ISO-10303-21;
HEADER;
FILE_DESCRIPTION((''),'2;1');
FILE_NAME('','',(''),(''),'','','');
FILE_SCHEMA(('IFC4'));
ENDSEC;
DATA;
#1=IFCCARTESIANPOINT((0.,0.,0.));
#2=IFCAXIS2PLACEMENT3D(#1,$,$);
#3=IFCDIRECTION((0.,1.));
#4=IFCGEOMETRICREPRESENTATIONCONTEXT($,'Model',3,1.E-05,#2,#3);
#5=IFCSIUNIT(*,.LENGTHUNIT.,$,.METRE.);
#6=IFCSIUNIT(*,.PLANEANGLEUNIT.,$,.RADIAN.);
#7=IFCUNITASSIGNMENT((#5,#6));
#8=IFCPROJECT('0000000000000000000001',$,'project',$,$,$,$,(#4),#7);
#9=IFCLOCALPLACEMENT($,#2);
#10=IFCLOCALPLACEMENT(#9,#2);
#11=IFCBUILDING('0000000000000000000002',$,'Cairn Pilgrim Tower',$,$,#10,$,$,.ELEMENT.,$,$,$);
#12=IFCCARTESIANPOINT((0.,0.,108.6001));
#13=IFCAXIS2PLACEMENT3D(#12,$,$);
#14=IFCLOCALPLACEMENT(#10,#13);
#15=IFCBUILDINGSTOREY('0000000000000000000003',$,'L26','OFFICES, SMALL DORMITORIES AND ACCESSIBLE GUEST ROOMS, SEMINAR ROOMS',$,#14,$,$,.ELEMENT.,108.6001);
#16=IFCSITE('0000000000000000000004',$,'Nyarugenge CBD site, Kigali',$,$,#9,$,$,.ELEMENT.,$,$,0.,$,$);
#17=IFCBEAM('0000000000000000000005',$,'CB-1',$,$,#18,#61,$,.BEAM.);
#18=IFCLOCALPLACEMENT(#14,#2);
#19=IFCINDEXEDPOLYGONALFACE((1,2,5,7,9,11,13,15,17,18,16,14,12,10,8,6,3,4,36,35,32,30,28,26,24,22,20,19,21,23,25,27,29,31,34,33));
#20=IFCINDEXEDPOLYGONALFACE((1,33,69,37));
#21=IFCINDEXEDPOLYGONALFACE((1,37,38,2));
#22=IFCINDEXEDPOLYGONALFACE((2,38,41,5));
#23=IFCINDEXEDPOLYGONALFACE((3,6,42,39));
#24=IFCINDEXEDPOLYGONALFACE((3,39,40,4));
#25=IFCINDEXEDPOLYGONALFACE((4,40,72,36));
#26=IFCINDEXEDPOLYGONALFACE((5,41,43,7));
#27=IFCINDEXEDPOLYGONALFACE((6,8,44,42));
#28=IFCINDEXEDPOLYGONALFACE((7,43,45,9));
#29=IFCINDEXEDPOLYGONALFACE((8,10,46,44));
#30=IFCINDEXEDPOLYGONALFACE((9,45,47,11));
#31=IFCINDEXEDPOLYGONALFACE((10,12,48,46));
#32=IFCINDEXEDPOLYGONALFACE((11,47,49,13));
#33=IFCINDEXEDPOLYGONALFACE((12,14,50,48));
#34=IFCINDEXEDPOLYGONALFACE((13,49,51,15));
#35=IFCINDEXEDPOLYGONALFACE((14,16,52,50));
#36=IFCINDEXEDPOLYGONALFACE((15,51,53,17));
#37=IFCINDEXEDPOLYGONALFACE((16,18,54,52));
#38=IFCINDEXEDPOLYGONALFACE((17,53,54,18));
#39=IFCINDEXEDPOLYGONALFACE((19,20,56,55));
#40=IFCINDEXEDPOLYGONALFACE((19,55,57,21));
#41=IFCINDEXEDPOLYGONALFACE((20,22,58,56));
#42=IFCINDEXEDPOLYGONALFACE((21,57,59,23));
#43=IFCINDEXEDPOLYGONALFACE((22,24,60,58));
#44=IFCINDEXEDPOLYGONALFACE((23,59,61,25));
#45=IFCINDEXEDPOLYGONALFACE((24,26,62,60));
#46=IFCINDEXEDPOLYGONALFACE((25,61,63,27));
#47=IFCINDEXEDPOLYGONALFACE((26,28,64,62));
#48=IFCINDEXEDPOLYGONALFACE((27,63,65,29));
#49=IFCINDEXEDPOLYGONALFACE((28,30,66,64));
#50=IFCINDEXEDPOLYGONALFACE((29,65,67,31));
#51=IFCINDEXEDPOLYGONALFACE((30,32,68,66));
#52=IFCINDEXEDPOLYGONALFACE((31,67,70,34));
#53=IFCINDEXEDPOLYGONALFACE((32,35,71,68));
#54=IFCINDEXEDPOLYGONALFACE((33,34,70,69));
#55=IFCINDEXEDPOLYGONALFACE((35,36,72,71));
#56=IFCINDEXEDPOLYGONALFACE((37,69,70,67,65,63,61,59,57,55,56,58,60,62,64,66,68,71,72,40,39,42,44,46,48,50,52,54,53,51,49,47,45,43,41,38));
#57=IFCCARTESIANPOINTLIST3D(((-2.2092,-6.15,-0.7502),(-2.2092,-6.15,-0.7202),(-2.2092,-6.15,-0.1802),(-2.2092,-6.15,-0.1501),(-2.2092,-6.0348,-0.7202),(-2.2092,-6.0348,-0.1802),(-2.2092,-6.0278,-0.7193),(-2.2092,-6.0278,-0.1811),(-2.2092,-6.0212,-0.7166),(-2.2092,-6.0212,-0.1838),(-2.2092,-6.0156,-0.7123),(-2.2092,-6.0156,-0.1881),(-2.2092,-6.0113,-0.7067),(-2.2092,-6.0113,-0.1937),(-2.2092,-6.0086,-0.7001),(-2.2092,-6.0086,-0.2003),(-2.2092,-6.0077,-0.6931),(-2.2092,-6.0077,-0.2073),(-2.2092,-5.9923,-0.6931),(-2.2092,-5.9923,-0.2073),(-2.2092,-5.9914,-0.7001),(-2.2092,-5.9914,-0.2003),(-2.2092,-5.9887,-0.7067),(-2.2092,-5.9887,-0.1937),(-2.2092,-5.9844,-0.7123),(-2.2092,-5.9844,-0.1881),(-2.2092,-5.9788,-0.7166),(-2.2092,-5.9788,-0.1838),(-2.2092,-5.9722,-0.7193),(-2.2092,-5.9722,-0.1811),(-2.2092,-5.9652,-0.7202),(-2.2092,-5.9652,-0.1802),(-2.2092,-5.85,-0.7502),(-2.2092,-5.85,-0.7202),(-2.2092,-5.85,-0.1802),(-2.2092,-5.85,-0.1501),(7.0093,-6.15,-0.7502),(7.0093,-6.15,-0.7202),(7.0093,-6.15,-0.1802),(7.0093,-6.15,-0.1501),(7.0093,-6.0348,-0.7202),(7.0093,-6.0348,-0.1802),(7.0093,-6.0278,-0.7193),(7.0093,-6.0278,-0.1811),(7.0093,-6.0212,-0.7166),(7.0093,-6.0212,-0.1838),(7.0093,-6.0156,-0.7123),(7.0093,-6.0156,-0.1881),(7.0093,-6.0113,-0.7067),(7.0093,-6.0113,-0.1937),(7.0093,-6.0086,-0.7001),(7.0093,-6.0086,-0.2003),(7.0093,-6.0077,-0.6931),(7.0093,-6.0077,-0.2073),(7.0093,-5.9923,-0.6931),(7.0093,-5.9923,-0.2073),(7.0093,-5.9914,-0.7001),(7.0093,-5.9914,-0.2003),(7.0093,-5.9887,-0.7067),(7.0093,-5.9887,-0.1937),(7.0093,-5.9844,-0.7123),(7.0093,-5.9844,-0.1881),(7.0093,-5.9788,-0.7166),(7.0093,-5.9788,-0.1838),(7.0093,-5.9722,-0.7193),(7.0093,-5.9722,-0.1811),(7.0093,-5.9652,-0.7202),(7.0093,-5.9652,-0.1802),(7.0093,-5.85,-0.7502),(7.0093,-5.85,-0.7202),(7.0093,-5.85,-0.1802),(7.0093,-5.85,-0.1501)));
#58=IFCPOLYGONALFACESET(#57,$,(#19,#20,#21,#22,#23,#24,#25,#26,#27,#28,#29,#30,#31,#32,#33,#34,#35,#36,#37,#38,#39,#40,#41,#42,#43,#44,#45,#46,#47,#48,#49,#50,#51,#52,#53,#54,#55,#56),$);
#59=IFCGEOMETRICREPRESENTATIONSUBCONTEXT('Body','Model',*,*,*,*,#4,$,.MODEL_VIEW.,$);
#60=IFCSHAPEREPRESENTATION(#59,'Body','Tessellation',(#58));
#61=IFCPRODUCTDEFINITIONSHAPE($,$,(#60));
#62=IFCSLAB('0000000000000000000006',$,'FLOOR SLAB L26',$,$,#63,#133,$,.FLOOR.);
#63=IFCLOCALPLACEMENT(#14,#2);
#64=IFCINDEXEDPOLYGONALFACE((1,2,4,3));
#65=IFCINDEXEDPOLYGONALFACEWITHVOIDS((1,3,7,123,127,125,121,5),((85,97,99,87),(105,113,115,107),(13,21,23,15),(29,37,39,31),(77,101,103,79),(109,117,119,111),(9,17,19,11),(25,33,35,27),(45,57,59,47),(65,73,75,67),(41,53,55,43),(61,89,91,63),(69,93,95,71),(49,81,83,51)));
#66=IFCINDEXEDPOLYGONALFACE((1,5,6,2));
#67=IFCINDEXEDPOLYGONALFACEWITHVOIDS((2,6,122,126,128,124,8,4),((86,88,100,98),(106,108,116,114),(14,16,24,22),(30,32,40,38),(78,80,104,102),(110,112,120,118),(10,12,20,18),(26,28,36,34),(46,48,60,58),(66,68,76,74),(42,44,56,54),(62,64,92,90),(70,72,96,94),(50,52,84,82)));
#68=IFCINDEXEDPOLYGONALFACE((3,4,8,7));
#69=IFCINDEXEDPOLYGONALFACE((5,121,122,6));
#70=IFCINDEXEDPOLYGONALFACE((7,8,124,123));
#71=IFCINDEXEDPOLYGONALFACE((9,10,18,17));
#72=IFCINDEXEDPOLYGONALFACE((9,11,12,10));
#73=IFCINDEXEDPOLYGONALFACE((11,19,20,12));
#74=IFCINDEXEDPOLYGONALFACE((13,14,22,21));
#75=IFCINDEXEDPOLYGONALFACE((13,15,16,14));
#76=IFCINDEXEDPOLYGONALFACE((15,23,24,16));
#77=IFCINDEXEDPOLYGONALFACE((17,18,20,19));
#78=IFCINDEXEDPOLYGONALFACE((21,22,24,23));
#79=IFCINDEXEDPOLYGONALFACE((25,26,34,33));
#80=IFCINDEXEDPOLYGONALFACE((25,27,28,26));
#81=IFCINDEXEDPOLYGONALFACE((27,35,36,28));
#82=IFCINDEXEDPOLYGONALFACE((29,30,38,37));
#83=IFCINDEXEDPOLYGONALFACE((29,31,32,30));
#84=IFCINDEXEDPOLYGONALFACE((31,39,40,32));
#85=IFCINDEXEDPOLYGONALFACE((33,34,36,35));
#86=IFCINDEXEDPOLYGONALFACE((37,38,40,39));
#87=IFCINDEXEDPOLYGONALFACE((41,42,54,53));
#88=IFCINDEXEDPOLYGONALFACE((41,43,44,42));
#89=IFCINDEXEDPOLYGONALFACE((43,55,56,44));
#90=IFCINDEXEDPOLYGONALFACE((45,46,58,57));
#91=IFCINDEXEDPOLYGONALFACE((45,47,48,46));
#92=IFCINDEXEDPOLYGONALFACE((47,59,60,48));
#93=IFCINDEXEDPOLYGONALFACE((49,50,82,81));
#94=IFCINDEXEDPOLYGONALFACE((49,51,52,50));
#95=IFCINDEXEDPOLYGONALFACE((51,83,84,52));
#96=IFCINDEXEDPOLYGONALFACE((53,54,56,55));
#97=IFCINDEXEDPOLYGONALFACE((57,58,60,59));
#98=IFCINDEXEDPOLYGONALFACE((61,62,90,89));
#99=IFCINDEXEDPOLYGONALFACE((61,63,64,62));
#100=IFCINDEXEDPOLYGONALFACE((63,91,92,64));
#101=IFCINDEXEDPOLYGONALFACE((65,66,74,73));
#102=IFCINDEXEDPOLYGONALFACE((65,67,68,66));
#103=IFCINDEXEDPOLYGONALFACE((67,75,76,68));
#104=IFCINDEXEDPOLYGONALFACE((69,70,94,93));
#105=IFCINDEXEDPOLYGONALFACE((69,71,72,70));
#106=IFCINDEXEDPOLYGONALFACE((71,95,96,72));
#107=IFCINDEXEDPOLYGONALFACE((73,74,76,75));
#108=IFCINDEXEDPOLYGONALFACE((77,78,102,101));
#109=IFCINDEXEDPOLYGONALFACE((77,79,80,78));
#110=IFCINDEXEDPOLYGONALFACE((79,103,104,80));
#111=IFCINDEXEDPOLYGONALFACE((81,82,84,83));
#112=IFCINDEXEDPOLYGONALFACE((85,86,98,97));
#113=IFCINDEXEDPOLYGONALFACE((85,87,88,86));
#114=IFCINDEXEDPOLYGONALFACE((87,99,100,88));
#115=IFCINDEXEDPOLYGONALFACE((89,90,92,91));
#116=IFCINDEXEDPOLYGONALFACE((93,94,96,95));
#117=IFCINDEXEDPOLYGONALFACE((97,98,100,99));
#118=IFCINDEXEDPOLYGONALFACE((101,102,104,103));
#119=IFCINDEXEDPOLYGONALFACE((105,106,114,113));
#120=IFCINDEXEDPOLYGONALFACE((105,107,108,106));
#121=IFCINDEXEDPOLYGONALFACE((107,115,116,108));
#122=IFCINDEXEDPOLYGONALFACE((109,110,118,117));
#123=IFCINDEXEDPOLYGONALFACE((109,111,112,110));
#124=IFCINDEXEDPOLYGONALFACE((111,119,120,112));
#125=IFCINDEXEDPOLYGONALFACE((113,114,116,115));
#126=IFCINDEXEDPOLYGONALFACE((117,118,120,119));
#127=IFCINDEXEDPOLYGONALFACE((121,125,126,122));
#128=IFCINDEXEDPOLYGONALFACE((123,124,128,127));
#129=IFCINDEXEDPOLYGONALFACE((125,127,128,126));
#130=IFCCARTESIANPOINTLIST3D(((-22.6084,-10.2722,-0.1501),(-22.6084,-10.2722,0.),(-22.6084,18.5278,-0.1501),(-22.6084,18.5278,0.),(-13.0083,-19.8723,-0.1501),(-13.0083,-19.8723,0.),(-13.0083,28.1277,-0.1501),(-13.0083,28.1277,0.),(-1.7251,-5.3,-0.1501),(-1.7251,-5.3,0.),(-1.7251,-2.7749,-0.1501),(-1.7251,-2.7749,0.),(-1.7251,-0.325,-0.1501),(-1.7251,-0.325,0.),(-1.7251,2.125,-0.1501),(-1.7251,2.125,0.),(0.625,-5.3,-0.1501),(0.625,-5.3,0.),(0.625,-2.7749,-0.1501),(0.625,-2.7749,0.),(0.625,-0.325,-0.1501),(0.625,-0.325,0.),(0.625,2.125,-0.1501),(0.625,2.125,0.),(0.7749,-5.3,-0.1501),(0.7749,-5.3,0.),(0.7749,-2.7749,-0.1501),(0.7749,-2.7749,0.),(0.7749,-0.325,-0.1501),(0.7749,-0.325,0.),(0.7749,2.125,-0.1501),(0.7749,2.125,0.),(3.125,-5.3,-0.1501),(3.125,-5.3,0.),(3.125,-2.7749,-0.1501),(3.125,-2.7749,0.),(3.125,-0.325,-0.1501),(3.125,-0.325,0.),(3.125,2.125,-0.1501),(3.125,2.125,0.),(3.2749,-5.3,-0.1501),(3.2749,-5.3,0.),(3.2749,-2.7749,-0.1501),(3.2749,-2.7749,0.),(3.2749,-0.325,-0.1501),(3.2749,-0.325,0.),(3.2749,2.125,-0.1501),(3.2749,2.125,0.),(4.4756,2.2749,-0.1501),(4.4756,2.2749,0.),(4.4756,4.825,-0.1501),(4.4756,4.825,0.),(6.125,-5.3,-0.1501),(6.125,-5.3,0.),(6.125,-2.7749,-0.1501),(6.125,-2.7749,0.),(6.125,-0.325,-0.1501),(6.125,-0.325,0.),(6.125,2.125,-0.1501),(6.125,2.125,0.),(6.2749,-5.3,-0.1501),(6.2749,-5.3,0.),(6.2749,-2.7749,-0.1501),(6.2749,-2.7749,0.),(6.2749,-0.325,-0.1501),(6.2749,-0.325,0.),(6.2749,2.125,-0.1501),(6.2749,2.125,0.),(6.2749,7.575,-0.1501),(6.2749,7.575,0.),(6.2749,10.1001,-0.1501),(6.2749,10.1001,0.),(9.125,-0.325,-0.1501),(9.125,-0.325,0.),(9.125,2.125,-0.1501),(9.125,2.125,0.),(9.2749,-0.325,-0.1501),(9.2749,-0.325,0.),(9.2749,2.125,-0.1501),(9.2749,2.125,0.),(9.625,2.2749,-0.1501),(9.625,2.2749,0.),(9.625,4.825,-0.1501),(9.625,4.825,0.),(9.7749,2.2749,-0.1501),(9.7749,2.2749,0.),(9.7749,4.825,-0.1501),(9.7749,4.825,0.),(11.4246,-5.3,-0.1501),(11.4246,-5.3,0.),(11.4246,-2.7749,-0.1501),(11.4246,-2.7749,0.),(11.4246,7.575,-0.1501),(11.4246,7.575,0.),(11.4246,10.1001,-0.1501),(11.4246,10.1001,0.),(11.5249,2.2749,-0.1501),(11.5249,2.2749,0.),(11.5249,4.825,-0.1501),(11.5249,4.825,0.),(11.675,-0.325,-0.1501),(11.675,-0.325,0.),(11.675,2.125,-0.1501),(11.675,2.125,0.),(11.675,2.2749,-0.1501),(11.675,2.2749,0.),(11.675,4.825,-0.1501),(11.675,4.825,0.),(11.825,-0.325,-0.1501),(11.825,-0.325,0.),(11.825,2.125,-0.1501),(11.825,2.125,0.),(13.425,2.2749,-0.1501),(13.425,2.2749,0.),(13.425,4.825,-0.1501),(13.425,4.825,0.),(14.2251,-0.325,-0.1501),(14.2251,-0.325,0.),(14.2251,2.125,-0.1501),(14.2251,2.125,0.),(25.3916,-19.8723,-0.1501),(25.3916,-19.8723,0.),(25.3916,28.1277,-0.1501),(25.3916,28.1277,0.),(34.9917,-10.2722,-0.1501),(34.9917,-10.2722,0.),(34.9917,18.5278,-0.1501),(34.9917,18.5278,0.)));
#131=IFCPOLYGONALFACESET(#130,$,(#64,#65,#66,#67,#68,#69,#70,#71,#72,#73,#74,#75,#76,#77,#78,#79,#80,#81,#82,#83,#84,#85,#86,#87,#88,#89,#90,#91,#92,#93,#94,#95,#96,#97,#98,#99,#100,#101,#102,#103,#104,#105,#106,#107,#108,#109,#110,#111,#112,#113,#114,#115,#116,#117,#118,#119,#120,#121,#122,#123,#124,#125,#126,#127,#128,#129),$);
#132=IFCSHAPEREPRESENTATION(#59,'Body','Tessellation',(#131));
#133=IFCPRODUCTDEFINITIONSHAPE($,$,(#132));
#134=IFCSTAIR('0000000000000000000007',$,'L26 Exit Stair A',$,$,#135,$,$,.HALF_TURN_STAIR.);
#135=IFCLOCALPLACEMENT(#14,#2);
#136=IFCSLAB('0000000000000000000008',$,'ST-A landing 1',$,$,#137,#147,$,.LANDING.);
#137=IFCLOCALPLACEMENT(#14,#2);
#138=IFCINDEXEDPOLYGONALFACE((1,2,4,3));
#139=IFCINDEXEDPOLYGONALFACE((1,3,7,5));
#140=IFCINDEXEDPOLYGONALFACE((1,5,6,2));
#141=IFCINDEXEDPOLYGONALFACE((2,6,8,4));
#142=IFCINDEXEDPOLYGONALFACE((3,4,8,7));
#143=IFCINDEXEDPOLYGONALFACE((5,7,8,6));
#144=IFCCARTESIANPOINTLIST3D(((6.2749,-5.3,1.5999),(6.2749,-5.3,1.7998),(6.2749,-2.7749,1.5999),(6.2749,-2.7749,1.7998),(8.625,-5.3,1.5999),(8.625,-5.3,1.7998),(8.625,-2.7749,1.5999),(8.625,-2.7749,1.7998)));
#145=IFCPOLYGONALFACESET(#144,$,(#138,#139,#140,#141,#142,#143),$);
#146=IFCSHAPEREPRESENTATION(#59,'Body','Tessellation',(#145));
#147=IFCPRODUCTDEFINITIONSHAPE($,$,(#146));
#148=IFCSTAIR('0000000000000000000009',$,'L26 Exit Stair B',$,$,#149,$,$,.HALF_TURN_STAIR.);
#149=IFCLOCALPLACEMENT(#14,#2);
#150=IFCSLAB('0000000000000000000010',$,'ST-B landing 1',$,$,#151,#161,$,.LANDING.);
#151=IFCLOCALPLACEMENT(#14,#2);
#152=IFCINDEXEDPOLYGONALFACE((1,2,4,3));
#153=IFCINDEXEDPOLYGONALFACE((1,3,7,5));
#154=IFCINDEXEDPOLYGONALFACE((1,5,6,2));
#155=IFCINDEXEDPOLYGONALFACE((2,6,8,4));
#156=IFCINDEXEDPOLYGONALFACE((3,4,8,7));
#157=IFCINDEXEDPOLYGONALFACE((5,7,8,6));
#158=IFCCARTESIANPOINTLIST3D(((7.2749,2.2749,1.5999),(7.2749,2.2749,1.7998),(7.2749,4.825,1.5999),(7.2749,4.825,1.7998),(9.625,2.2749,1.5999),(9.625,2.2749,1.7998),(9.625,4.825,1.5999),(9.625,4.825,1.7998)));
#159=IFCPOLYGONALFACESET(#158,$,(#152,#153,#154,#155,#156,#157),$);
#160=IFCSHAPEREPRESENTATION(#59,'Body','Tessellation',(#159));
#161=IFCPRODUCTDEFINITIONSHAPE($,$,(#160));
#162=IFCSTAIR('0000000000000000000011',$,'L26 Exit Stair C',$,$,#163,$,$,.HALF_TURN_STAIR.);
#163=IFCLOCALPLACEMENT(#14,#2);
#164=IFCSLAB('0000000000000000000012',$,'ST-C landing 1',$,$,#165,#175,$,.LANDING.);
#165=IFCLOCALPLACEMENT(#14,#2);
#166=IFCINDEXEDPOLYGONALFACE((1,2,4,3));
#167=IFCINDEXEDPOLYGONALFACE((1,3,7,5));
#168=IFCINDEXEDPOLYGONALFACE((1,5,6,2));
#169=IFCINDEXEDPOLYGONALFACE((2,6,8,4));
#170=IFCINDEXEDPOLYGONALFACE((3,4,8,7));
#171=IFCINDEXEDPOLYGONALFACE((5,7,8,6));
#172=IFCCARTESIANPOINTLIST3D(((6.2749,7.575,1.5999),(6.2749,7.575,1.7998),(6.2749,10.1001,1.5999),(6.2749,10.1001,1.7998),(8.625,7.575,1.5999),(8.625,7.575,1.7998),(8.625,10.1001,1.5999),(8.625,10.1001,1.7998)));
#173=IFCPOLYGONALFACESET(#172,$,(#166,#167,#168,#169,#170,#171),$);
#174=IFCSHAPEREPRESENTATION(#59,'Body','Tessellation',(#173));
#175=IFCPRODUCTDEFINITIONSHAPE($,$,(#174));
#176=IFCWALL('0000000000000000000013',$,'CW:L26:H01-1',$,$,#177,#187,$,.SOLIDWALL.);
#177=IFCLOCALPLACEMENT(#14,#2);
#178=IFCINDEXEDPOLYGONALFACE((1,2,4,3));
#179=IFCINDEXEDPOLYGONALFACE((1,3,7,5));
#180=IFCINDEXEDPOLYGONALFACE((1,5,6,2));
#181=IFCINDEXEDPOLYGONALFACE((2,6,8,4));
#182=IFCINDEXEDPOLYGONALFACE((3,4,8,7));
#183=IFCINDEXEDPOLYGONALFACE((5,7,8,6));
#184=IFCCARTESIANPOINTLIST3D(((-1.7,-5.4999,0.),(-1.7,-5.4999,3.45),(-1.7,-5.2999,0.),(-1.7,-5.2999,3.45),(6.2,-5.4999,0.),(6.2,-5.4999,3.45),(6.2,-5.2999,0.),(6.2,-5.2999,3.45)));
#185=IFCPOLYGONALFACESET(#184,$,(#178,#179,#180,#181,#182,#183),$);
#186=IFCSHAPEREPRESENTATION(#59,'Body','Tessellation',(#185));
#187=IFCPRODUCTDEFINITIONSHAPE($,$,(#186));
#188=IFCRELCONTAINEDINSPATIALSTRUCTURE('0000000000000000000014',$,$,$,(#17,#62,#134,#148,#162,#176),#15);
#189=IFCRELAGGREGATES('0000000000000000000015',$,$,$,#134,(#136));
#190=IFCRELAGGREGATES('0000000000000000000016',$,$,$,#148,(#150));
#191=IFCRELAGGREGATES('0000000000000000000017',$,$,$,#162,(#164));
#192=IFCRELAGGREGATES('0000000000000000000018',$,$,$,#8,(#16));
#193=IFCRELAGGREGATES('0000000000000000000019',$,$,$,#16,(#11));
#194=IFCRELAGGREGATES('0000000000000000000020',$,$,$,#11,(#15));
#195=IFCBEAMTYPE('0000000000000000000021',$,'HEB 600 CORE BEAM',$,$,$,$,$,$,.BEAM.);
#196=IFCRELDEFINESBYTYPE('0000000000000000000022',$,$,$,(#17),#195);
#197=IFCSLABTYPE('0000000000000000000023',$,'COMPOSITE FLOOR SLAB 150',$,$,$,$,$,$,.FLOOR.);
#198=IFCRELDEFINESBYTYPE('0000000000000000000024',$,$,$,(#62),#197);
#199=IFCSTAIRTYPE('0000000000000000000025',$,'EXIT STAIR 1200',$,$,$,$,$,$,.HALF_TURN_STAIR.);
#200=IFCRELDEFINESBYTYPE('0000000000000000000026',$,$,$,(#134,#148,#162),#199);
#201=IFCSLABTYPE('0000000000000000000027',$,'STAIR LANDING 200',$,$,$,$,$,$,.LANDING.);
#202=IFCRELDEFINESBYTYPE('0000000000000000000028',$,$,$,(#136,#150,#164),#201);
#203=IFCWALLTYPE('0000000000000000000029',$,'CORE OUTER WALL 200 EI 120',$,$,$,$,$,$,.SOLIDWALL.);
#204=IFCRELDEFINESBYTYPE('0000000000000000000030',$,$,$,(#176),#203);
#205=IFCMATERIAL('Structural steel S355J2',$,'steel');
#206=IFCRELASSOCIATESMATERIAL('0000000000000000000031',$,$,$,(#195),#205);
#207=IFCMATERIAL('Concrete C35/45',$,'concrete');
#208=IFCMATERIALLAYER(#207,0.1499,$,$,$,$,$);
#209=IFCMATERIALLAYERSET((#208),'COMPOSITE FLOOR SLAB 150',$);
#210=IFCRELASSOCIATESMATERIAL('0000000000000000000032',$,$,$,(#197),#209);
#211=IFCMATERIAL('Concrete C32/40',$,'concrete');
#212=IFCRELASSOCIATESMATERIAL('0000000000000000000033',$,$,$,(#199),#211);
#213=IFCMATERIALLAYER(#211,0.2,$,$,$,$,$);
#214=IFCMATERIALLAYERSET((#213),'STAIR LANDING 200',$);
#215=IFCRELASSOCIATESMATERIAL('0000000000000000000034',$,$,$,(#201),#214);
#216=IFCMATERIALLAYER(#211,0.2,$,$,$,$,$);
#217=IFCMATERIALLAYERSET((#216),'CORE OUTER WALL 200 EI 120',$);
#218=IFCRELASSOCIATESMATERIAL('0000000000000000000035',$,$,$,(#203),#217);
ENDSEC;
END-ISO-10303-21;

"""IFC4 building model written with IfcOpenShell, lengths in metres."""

from ifc_helpers import new_model, si_unit, direction, frame, frame_2d, origin, origin_2d, place, context, subcontext, project, spatial, polyline, rectangle, i_section, outline, extrude, material, layer, layer_set, material_profile, profile_set, type_object, element, aggregate, save


model = new_model("IFC4")

# Units and contexts
model_context = context("Model", 3, precision=1e-05, world=origin(), true_north=direction((0.0, 1.0)))
body_context = subcontext(model_context, "Body", "Model", "MODEL_VIEW")
ifc_project = project(units=[si_unit("LENGTHUNIT", "METRE"), si_unit("PLANEANGLEUNIT", "RADIAN")], contexts=[model_context])

# Site, building, storey
site_placement = place(None, origin())
site = spatial("IfcSite", under=ifc_project, at=site_placement, Name="Nyarugenge CBD site, Kigali", CompositionType="ELEMENT", RefElevation=0.0)
building_placement = place(site_placement, origin())
building = spatial("IfcBuilding", under=site, at=building_placement, Name="Cairn Pilgrim Tower", CompositionType="ELEMENT")
storey_placement = place(building_placement, frame((0.0, 0.0, 108.6001)))
storey = spatial("IfcBuildingStorey", under=building, at=storey_placement, Name="L26", Description="OFFICES, SMALL DORMITORIES AND ACCESSIBLE GUEST ROOMS, SEMINAR ROOMS", CompositionType="ELEMENT", Elevation=108.6001)

# Beam
ifc_material_1 = material(Name="Structural steel S355J2", Category="steel")
ifc_material_profile = material_profile(ifc_material_1, i_section(OverallWidth=0.3, OverallDepth=0.6001, WebThickness=0.0154, FlangeThickness=0.03, FilletRadius=0.0271, at=origin_2d()), Name="HEB 600")
ifc_profile_set = profile_set([ifc_material_profile], Name="Structural steel S355J2")
beam_type = type_object("IfcBeamType", Name="HEB 600 CORE BEAM", PredefinedType="BEAM", material=ifc_profile_set)
beam_placement = place(storey_placement, frame((-2.2092, -6.0, -0.4502), z_axis=(1.0, 0.0, 0.0), x_axis=(0.0, 1.0, 0.0)))
element("IfcBeam", 1, at=beam_placement, inside=storey, type_object=beam_type, Name="CB-1", PredefinedType="BEAM", context=body_context, shape_type="SweptSolid", body=[
    extrude(i_section(OverallWidth=0.3, OverallDepth=0.6001, WebThickness=0.0154, FlangeThickness=0.03, FilletRadius=0.0271, at=origin_2d()), origin(), (0.0, 0.0, 1.0), 9.2185),
])

# Slab
ifc_material_2 = material(Name="Concrete C35/45", Category="concrete")
ifc_layer_1 = layer(ifc_material_2, 0.1499)
ifc_layer_set_1 = layer_set([ifc_layer_1], Name="COMPOSITE FLOOR SLAB 150")
slab_type_1 = type_object("IfcSlabType", Name="COMPOSITE FLOOR SLAB 150", PredefinedType="FLOOR", material=ifc_layer_set_1)
slab_1_placement = place(storey_placement, frame((0.0, 0.0, -0.1501)))
element("IfcSlab", 2, at=slab_1_placement, inside=storey, type_object=slab_type_1, Name="FLOOR SLAB L26", PredefinedType="FLOOR", context=body_context, shape_type="SweptSolid", body=[
    extrude(outline(polyline([(-13.0083, -19.8723), (25.3916, -19.8723), (34.9917, -10.2722), (34.9917, 18.5278), (25.3916, 28.1277), (-13.0083, 28.1277), (-22.6084, 18.5278), (-22.6084, -10.2722), (-13.0083, -19.8723)]), holes=[polyline([(-1.7251, -5.3), (0.625, -5.3), (0.625, -2.7749), (-1.7251, -2.7749), (-1.7251, -5.3)]), polyline([(0.7749, -5.3), (3.125, -5.3), (3.125, -2.7749), (0.7749, -2.7749), (0.7749, -5.3)]), polyline([(-1.7251, -0.325), (0.625, -0.325), (0.625, 2.125), (-1.7251, 2.125), (-1.7251, -0.325)]), polyline([(0.7749, -0.325), (3.125, -0.325), (3.125, 2.125), (0.7749, 2.125), (0.7749, -0.325)]), polyline([(3.2749, -5.3), (6.125, -5.3), (6.125, -2.7749), (3.2749, -2.7749), (3.2749, -5.3)]), polyline([(3.2749, -0.325), (6.125, -0.325), (6.125, 2.125), (3.2749, 2.125), (3.2749, -0.325)]), polyline([(6.2749, -0.325), (9.125, -0.325), (9.125, 2.125), (6.2749, 2.125), (6.2749, -0.325)]), polyline([(9.2749, -0.325), (11.675, -0.325), (11.675, 2.125), (9.2749, 2.125), (9.2749, -0.325)]), polyline([(11.825, -0.325), (14.2251, -0.325), (14.2251, 2.125), (11.825, 2.125), (11.825, -0.325)]), polyline([(9.7749, 2.2749), (11.5249, 2.2749), (11.5249, 4.825), (9.7749, 4.825), (9.7749, 2.2749)]), polyline([(11.675, 2.2749), (13.425, 2.2749), (13.425, 4.825), (11.675, 4.825), (11.675, 2.2749)]), polyline([(11.4246, -2.7749), (6.2749, -2.7749), (6.2749, -5.3), (11.4246, -5.3), (11.4246, -2.7749)]), polyline([(4.4756, 2.2749), (9.625, 2.2749), (9.625, 4.825), (4.4756, 4.825), (4.4756, 2.2749)]), polyline([(11.4246, 10.1001), (6.2749, 10.1001), (6.2749, 7.575), (11.4246, 7.575), (11.4246, 10.1001)])]), origin(), (0.0, 0.0, 1.0), 0.1501),
])

# Stairs, slabs
ifc_material_3 = material(Name="Concrete C32/40", Category="concrete")
stair_type = type_object("IfcStairType", Name="EXIT STAIR 1200", PredefinedType="HALF_TURN_STAIR", material=ifc_material_3)
stair_1_placement = place(storey_placement, origin())
stair_1 = element("IfcStair", 3, at=stair_1_placement, inside=storey, type_object=stair_type, Name="L26 Exit Stair A", PredefinedType="HALF_TURN_STAIR")
ifc_layer_2 = layer(ifc_material_3, 0.2)
ifc_layer_set_2 = layer_set([ifc_layer_2], Name="STAIR LANDING 200")
slab_type_2 = type_object("IfcSlabType", Name="STAIR LANDING 200", PredefinedType="LANDING", material=ifc_layer_set_2)
slab_2_placement = place(storey_placement, frame((0.0, 0.0, 1.5999)))
slab_2 = element("IfcSlab", 4, at=slab_2_placement, type_object=slab_type_2, Name="ST-A landing 1", PredefinedType="LANDING", context=body_context, shape_type="SweptSolid", body=[
    extrude(outline(polyline([(8.625, -2.7749), (6.2749, -2.7749), (6.2749, -5.3), (8.625, -5.3), (8.625, -2.7749)])), origin(), (0.0, 0.0, 1.0), 0.2),
])
aggregate(stair_1, [slab_2])
stair_2_placement = place(storey_placement, origin())
stair_2 = element("IfcStair", 5, at=stair_2_placement, inside=storey, type_object=stair_type, Name="L26 Exit Stair B", PredefinedType="HALF_TURN_STAIR")
slab_3_placement = place(storey_placement, frame((0.0, 0.0, 1.5999)))
slab_3 = element("IfcSlab", 6, at=slab_3_placement, type_object=slab_type_2, Name="ST-B landing 1", PredefinedType="LANDING", context=body_context, shape_type="SweptSolid", body=[
    extrude(outline(polyline([(7.2749, 2.2749), (9.625, 2.2749), (9.625, 4.825), (7.2749, 4.825), (7.2749, 2.2749)])), origin(), (0.0, 0.0, 1.0), 0.2),
])
aggregate(stair_2, [slab_3])
stair_3_placement = place(storey_placement, origin())
stair_3 = element("IfcStair", 7, at=stair_3_placement, inside=storey, type_object=stair_type, Name="L26 Exit Stair C", PredefinedType="HALF_TURN_STAIR")
slab_4_placement = place(storey_placement, frame((0.0, 0.0, 1.5999)))
slab_4 = element("IfcSlab", 8, at=slab_4_placement, type_object=slab_type_2, Name="ST-C landing 1", PredefinedType="LANDING", context=body_context, shape_type="SweptSolid", body=[
    extrude(outline(polyline([(8.625, 10.1001), (6.2749, 10.1001), (6.2749, 7.575), (8.625, 7.575), (8.625, 10.1001)])), origin(), (0.0, 0.0, 1.0), 0.2),
])
aggregate(stair_3, [slab_4])

# Wall
ifc_layer_3 = layer(ifc_material_3, 0.2)
ifc_layer_set_3 = layer_set([ifc_layer_3], Name="CORE OUTER WALL 200 EI 120")
wall_type_1 = type_object("IfcWallType", Name="CORE OUTER WALL 200 EI 120", PredefinedType="SOLIDWALL", material=ifc_layer_set_3)
wall_1_placement = place(storey_placement, frame((-1.7, -5.3999, 0.0), z_axis=(0.0, 0.0, 1.0), x_axis=(1.0, 0.0, 0.0)))
element("IfcWall", 9, at=wall_1_placement, inside=storey, type_object=wall_type_1, Name="CW:L26:H01-1", PredefinedType="SOLIDWALL", context=body_context, shape_type="SweptSolid", body=[
    extrude(rectangle(XDim=7.8999, YDim=0.2, at=frame_2d((3.95, 0.0))), origin(), (0.0, 0.0, 1.0), 3.45),
])

save(model, "model.ifc")
